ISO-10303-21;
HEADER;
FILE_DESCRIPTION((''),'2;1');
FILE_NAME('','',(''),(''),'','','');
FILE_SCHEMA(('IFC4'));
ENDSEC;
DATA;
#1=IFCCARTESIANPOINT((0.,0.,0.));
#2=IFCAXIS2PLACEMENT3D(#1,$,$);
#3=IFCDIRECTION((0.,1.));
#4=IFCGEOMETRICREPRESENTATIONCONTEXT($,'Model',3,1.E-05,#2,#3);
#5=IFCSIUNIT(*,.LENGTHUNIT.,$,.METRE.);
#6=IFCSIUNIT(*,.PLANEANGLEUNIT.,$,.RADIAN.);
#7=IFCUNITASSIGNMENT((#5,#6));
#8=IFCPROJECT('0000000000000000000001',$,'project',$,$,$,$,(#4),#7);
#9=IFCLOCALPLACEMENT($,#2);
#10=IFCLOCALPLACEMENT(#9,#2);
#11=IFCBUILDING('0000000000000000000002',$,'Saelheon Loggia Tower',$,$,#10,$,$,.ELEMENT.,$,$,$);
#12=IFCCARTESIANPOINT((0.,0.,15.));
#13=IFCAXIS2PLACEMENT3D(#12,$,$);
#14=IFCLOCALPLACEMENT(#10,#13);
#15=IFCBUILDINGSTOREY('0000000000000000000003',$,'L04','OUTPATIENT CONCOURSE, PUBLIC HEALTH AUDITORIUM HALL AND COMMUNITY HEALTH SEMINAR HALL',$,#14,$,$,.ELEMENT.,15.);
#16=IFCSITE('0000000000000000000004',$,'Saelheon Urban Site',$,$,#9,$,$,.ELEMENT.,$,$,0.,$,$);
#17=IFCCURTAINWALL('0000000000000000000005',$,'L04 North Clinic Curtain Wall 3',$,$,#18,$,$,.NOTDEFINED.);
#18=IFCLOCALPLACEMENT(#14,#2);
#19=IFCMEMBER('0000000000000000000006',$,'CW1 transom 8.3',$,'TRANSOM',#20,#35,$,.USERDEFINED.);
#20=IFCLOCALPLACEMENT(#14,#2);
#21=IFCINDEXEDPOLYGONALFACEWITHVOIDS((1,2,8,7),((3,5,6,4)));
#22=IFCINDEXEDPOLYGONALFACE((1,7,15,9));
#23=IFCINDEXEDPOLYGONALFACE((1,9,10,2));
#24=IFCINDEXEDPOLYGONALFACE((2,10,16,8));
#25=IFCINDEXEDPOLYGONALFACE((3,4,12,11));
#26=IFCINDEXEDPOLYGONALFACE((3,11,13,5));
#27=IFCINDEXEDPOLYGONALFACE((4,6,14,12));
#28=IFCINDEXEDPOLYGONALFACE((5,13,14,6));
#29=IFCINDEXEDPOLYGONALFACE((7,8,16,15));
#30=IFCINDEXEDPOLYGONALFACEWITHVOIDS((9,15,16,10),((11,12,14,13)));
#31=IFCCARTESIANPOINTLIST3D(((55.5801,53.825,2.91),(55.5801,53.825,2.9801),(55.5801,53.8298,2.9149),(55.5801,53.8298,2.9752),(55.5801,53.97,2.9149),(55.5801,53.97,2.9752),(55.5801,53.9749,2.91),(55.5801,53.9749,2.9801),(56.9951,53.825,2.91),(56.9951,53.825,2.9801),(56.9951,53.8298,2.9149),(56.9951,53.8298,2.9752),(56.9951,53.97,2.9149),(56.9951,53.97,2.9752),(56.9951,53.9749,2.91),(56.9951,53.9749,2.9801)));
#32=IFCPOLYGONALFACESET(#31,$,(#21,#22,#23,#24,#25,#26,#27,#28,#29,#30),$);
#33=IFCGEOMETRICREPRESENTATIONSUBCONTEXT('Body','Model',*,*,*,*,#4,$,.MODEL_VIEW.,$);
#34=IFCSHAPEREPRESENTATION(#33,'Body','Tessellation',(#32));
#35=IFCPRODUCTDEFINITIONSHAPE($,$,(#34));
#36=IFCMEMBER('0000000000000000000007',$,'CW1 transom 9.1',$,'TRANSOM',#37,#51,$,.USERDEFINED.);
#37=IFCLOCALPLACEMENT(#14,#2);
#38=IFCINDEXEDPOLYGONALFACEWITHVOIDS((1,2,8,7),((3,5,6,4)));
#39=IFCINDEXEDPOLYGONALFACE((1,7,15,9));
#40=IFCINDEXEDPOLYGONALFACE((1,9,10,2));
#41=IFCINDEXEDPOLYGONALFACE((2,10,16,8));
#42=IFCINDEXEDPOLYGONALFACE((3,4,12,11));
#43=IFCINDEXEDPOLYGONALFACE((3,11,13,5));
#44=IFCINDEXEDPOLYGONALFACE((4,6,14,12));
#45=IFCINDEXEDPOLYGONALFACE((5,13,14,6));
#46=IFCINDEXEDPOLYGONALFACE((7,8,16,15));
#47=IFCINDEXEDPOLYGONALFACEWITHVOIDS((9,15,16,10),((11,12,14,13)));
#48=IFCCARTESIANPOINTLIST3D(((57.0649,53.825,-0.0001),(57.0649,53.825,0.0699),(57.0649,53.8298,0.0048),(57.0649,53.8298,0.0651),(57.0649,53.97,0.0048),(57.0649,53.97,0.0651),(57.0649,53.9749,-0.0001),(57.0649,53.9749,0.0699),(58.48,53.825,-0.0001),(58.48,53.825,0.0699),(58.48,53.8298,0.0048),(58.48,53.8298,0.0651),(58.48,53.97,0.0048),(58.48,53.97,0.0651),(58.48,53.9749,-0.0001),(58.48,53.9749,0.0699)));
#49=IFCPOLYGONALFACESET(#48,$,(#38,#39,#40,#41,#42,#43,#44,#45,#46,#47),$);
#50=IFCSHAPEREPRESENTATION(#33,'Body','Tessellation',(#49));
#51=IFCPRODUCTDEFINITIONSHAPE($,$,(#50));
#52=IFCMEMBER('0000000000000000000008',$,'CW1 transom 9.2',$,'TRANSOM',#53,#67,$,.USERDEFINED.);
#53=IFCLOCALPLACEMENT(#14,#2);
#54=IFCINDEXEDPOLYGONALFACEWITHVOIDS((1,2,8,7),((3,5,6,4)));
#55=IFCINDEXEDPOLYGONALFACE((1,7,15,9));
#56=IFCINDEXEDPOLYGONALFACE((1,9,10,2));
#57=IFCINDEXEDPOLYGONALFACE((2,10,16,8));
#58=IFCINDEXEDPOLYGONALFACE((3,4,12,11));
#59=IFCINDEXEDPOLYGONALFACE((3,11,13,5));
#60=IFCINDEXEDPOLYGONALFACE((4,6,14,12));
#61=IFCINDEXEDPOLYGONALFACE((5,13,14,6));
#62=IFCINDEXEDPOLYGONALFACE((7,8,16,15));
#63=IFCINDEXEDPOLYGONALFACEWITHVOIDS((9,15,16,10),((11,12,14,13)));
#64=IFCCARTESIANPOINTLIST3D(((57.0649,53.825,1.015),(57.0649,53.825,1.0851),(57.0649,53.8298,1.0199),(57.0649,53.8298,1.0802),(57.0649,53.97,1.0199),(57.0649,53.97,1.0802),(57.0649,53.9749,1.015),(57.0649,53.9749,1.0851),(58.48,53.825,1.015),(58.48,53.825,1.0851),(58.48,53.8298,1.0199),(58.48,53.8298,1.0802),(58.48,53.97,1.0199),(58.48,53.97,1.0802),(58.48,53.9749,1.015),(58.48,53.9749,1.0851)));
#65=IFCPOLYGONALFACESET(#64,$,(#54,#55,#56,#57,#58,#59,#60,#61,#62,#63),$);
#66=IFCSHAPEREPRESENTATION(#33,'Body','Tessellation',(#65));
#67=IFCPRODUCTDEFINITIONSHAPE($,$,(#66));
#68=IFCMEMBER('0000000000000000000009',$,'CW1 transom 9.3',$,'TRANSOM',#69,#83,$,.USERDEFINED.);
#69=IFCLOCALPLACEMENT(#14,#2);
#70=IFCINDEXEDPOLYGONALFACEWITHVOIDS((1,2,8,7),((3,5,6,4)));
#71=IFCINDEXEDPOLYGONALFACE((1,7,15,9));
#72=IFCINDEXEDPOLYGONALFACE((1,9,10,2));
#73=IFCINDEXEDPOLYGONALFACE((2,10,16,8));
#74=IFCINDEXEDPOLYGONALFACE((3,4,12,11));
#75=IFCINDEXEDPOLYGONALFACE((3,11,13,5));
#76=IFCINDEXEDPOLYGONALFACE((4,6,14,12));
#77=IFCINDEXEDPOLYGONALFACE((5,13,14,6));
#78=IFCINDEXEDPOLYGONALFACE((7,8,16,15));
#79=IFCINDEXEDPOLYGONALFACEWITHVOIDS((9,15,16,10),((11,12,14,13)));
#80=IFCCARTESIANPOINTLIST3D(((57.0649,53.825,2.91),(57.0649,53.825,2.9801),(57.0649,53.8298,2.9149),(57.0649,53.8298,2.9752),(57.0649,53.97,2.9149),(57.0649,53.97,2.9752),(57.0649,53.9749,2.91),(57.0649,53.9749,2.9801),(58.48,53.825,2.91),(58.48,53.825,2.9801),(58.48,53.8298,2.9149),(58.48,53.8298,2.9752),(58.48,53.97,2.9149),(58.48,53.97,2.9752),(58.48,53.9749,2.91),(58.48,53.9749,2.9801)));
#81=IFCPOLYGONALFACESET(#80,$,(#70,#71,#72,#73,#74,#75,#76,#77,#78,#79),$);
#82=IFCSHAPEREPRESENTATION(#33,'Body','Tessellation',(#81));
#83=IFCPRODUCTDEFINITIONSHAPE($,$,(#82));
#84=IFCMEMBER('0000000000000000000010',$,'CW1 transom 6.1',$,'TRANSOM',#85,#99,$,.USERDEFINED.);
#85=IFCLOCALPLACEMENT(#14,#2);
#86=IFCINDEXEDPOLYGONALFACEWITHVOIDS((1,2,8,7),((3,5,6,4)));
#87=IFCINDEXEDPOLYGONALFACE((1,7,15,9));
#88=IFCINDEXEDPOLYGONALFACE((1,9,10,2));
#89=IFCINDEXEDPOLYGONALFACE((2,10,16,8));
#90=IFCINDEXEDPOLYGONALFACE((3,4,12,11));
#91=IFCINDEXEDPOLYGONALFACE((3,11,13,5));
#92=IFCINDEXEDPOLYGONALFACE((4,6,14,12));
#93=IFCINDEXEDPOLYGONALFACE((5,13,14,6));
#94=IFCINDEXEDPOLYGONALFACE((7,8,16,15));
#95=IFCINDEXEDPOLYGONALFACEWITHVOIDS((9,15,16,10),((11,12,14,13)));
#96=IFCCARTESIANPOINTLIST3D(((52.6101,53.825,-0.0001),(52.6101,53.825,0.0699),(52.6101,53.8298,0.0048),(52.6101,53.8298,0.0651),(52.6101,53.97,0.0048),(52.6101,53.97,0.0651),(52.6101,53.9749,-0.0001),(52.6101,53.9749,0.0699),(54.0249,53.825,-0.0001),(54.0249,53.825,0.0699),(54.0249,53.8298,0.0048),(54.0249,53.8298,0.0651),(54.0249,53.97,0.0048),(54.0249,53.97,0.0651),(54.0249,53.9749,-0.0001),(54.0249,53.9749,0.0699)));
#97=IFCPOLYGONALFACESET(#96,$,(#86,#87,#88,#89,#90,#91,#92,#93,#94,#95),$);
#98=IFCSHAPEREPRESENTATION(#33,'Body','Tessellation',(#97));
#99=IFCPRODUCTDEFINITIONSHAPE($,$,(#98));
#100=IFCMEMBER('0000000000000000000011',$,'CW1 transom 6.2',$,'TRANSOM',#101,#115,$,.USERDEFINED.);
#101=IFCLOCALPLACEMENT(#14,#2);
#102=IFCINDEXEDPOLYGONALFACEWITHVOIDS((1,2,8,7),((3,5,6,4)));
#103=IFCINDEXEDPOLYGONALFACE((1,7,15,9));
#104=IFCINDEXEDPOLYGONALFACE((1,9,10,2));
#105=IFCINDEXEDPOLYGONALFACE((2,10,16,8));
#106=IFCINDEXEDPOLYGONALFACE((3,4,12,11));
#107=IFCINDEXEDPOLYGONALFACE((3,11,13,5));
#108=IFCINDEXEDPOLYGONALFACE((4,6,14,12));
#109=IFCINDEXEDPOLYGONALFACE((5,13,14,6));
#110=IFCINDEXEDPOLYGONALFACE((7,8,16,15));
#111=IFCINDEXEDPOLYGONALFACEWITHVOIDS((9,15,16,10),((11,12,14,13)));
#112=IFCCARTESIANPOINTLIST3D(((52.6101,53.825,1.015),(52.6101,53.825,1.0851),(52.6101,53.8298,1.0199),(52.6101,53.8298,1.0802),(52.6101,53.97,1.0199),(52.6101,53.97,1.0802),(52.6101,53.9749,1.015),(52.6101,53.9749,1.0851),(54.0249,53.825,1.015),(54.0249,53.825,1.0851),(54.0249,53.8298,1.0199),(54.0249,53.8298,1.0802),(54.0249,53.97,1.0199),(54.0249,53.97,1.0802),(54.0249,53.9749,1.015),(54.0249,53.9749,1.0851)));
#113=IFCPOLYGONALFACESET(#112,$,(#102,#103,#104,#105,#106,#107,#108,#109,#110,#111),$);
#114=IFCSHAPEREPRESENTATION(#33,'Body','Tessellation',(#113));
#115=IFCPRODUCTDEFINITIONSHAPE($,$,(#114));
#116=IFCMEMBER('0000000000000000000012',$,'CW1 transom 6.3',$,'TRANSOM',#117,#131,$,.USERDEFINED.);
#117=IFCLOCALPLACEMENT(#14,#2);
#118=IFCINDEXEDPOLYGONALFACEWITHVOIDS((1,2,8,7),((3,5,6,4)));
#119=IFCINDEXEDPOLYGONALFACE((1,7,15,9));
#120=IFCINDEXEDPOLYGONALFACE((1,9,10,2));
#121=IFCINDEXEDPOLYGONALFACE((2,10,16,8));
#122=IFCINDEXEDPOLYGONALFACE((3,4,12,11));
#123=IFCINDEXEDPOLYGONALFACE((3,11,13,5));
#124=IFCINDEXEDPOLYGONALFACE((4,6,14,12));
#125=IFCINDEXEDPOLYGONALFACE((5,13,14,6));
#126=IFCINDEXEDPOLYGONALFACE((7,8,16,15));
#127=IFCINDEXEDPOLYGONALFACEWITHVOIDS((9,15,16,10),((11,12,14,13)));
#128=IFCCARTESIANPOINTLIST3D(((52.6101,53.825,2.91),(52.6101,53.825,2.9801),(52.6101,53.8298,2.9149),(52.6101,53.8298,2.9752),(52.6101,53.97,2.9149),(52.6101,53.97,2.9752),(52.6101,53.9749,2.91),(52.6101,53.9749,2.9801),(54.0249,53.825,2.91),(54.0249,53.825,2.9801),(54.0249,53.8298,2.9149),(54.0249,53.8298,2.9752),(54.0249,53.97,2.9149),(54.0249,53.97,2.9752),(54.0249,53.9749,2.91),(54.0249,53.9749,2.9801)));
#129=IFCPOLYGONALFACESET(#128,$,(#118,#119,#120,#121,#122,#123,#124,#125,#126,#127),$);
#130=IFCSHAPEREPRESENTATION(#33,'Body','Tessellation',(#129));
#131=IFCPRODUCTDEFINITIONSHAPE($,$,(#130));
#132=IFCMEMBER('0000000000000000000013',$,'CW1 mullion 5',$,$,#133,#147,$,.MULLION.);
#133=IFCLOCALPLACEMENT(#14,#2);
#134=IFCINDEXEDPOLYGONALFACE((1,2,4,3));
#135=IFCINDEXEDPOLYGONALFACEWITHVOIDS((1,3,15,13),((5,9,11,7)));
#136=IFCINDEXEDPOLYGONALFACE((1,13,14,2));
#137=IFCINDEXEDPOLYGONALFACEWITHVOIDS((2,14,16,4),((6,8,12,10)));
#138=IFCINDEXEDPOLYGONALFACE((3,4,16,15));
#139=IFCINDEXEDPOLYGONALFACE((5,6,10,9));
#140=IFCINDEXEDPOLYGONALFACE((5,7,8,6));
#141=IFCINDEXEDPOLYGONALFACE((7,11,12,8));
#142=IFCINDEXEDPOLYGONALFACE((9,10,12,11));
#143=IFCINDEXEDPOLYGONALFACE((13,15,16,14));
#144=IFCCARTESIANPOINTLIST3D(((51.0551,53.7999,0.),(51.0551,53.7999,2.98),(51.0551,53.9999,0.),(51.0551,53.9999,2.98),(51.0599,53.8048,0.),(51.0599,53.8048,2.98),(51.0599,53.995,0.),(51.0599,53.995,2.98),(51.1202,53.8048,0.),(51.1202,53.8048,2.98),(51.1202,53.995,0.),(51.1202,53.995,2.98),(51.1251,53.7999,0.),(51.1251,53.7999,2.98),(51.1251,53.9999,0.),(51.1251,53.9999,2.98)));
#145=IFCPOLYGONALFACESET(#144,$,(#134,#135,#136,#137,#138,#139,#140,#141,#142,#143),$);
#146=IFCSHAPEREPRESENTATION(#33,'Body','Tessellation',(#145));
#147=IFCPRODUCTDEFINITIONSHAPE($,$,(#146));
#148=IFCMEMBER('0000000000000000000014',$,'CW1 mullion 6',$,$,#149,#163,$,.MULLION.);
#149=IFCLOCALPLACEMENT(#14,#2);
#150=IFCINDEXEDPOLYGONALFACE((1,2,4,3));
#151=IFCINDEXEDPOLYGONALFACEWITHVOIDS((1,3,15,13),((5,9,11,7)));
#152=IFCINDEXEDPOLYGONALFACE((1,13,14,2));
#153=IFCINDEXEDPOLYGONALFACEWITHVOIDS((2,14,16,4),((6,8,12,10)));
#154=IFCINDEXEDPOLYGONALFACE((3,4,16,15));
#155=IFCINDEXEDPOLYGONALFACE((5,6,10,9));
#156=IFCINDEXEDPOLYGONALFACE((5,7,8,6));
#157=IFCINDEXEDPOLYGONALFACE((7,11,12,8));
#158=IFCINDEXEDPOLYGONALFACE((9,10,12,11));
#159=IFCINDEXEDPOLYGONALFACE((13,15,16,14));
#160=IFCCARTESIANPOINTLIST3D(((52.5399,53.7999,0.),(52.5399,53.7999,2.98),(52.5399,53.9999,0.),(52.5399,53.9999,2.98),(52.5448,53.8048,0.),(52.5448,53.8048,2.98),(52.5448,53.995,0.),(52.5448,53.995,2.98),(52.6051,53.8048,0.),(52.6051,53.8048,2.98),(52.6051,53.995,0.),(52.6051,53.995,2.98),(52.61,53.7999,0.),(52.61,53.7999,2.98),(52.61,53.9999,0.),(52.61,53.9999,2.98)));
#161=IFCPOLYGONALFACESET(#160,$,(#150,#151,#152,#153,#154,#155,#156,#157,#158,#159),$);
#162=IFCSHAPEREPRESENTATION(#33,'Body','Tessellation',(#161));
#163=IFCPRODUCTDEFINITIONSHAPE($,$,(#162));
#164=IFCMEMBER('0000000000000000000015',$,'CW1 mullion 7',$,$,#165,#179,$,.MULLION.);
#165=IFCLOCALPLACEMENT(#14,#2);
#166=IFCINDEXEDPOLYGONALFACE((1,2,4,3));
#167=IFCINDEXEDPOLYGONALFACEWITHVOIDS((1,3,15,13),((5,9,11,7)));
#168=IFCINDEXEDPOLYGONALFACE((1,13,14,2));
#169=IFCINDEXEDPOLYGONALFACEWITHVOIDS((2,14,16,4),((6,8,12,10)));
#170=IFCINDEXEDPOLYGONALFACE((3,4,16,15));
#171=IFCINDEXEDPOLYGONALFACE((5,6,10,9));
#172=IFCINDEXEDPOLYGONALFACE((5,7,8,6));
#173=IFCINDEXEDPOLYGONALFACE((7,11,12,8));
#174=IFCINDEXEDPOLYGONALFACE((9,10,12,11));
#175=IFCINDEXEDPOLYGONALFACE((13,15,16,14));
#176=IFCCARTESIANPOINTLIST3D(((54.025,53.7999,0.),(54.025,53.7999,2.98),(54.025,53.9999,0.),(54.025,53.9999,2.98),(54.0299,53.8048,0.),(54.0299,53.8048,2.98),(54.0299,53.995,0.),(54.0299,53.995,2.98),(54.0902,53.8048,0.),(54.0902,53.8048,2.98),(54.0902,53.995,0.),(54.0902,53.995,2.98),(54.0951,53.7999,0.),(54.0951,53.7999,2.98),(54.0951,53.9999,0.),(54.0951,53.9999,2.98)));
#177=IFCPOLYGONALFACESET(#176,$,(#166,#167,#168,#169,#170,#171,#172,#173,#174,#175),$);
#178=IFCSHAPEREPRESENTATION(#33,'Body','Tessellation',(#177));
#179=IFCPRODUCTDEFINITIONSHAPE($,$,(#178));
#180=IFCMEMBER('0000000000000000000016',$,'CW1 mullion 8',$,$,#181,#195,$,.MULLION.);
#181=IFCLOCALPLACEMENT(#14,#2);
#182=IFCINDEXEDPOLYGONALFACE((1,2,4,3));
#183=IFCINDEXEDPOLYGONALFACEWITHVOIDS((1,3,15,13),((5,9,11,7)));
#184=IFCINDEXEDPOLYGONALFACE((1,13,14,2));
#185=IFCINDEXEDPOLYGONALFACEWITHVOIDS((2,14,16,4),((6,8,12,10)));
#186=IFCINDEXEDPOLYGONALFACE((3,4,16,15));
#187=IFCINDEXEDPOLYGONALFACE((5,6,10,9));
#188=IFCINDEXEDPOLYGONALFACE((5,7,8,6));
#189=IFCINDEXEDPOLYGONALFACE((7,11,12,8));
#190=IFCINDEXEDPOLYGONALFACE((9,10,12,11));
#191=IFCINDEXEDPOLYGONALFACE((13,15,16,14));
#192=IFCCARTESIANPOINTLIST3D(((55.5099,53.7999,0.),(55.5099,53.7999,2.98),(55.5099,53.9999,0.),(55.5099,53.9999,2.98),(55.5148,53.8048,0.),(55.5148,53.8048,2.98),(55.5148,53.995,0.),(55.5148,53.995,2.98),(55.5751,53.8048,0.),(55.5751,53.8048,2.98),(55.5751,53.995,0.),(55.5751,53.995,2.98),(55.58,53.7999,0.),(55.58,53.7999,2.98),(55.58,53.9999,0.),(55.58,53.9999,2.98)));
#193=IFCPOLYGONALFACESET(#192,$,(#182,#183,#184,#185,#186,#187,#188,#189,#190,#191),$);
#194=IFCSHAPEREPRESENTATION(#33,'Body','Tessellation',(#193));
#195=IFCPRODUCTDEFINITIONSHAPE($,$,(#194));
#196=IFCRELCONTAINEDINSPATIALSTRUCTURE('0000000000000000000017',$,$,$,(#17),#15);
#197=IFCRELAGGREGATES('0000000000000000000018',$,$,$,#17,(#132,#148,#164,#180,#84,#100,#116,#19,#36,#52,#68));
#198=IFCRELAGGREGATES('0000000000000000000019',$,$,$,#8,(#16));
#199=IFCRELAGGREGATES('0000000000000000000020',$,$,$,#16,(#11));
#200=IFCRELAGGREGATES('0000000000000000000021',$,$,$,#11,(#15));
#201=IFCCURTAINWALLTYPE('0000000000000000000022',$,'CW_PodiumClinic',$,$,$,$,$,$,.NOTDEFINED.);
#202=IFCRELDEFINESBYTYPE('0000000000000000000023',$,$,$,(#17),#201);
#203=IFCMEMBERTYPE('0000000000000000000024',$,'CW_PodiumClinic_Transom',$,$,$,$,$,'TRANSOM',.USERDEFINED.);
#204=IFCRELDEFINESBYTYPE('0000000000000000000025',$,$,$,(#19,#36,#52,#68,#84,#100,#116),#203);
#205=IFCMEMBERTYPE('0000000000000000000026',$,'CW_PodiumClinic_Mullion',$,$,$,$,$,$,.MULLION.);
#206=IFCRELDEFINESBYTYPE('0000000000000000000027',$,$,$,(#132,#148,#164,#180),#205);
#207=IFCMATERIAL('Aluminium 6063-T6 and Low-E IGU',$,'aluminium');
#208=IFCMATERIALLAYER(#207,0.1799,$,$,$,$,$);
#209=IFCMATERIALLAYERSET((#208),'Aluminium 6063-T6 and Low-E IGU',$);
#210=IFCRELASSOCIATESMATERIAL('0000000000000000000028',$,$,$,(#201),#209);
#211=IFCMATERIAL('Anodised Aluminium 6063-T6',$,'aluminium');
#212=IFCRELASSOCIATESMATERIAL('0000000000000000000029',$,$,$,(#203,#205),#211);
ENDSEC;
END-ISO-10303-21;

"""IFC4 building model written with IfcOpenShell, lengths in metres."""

from ifc_helpers import new_model, si_unit, direction, frame, origin, origin_2d, place, context, subcontext, project, spatial, hollow_rectangle, extrude, source, transform, mapped, material, layer, layer_set, material_profile, profile_set, type_object, element, aggregate, save


model = new_model("IFC4")

# Units and contexts
model_context = context("Model", 3, precision=1e-05, world=origin(), true_north=direction((0.0, 1.0)))
body_context = subcontext(model_context, "Body", "Model", "MODEL_VIEW")
ifc_project = project(units=[si_unit("LENGTHUNIT", "METRE"), si_unit("PLANEANGLEUNIT", "RADIAN")], contexts=[model_context])

# Site, building, storey
site_placement = place(None, origin())
site = spatial("IfcSite", under=ifc_project, at=site_placement, Name="Saelheon Urban Site", CompositionType="ELEMENT", RefElevation=0.0)
building_placement = place(site_placement, origin())
building = spatial("IfcBuilding", under=site, at=building_placement, Name="Saelheon Loggia Tower", CompositionType="ELEMENT")
storey_placement = place(building_placement, frame((0.0, 0.0, 15.0)))
storey = spatial("IfcBuildingStorey", under=building, at=storey_placement, Name="L04", Description="OUTPATIENT CONCOURSE, PUBLIC HEALTH AUDITORIUM HALL AND COMMUNITY HEALTH SEMINAR HALL", CompositionType="ELEMENT", Elevation=15.0)

# Curtain wall, members
ifc_material_1 = material(Name="Aluminium 6063-T6 and Low-E IGU", Category="aluminium")
ifc_layer_1 = layer(ifc_material_1, 0.1799)
ifc_layer_set_1 = layer_set([ifc_layer_1], Name="Aluminium 6063-T6 and Low-E IGU")
curtain_wall_type = type_object("IfcCurtainWallType", Name="CW_PodiumClinic", PredefinedType="NOTDEFINED", material=ifc_layer_set_1)
curtain_wall_placement = place(storey_placement, origin())
curtain_wall = element("IfcCurtainWall", 1, at=curtain_wall_placement, inside=storey, type_object=curtain_wall_type, Name="L04 North Clinic Curtain Wall 3", PredefinedType="NOTDEFINED")
ifc_material_2 = material(Name="Anodised Aluminium 6063-T6", Category="aluminium")
ifc_material_profile_1 = material_profile(ifc_material_2, hollow_rectangle(XDim=0.0701, YDim=0.1499, WallThickness=0.0049, at=origin_2d()), Name="RHS-150x70x5")
ifc_profile_set_1 = profile_set([ifc_material_profile_1], Name="Anodised Aluminium 6063-T6")
member_type_1 = type_object("IfcMemberType", Name="CW_PodiumClinic_Transom", ElementType="TRANSOM", PredefinedType="USERDEFINED", material=ifc_profile_set_1)
shared_shape_1 = source(origin(), body_context, "Body", "SweptSolid", [
    extrude(hollow_rectangle(XDim=0.0701, YDim=0.1499, WallThickness=0.0049, at=origin_2d()), origin(), (0.0, 0.0, 1.0), 1.415),
])
member_1_placement = place(storey_placement, frame((55.5801, 53.8999, 2.9451), z_axis=(1.0, 0.0, 0.0), x_axis=(0.0, 0.0, 1.0)))
member_1 = element("IfcMember", 2, at=member_1_placement, type_object=member_type_1, Name="CW1 transom 8.3", ObjectType="TRANSOM", PredefinedType="USERDEFINED", context=body_context, shape_type="MappedRepresentation", body=[
    mapped(shared_shape_1, transform((0.0, 0.0, 0.0), scale=1.0)),
])
member_2_placement = place(storey_placement, frame((57.0649, 53.8999, 0.0349), z_axis=(1.0, 0.0, 0.0), x_axis=(0.0, 0.0, 1.0)))
member_2 = element("IfcMember", 3, at=member_2_placement, type_object=member_type_1, Name="CW1 transom 9.1", ObjectType="TRANSOM", PredefinedType="USERDEFINED", context=body_context, shape_type="MappedRepresentation", body=[
    mapped(shared_shape_1, transform((0.0, 0.0, 0.0), scale=1.0)),
])
member_3_placement = place(storey_placement, frame((57.0649, 53.8999, 1.05), z_axis=(1.0, 0.0, 0.0), x_axis=(0.0, 0.0, 1.0)))
member_3 = element("IfcMember", 4, at=member_3_placement, type_object=member_type_1, Name="CW1 transom 9.2", ObjectType="TRANSOM", PredefinedType="USERDEFINED", context=body_context, shape_type="MappedRepresentation", body=[
    mapped(shared_shape_1, transform((0.0, 0.0, 0.0), scale=1.0)),
])
member_4_placement = place(storey_placement, frame((57.0649, 53.8999, 2.9451), z_axis=(1.0, 0.0, 0.0), x_axis=(0.0, 0.0, 1.0)))
member_4 = element("IfcMember", 5, at=member_4_placement, type_object=member_type_1, Name="CW1 transom 9.3", ObjectType="TRANSOM", PredefinedType="USERDEFINED", context=body_context, shape_type="MappedRepresentation", body=[
    mapped(shared_shape_1, transform((0.0, 0.0, 0.0), scale=1.0)),
])
shared_shape_2 = source(origin(), body_context, "Body", "SweptSolid", [
    extrude(hollow_rectangle(XDim=0.0701, YDim=0.1499, WallThickness=0.0049, at=origin_2d()), origin(), (0.0, 0.0, 1.0), 1.4148),
])
member_5_placement = place(storey_placement, frame((52.6101, 53.8999, 0.0349), z_axis=(1.0, 0.0, 0.0), x_axis=(0.0, 0.0, 1.0)))
member_5 = element("IfcMember", 6, at=member_5_placement, type_object=member_type_1, Name="CW1 transom 6.1", ObjectType="TRANSOM", PredefinedType="USERDEFINED", context=body_context, shape_type="MappedRepresentation", body=[
    mapped(shared_shape_2, transform((0.0, 0.0, 0.0), scale=1.0)),
])
member_6_placement = place(storey_placement, frame((52.6101, 53.8999, 1.05), z_axis=(1.0, 0.0, 0.0), x_axis=(0.0, 0.0, 1.0)))
member_6 = element("IfcMember", 7, at=member_6_placement, type_object=member_type_1, Name="CW1 transom 6.2", ObjectType="TRANSOM", PredefinedType="USERDEFINED", context=body_context, shape_type="MappedRepresentation", body=[
    mapped(shared_shape_2, transform((0.0, 0.0, 0.0), scale=1.0)),
])
member_7_placement = place(storey_placement, frame((52.6101, 53.8999, 2.9451), z_axis=(1.0, 0.0, 0.0), x_axis=(0.0, 0.0, 1.0)))
member_7 = element("IfcMember", 8, at=member_7_placement, type_object=member_type_1, Name="CW1 transom 6.3", ObjectType="TRANSOM", PredefinedType="USERDEFINED", context=body_context, shape_type="MappedRepresentation", body=[
    mapped(shared_shape_2, transform((0.0, 0.0, 0.0), scale=1.0)),
])
ifc_material_profile_2 = material_profile(ifc_material_2, hollow_rectangle(XDim=0.0701, YDim=0.2, WallThickness=0.0049, at=origin_2d()), Name="RHS-200x70x5")
ifc_profile_set_2 = profile_set([ifc_material_profile_2], Name="Anodised Aluminium 6063-T6")
member_type_2 = type_object("IfcMemberType", Name="CW_PodiumClinic_Mullion", PredefinedType="MULLION", material=ifc_profile_set_2)
shared_shape_3 = source(origin(), body_context, "Body", "SweptSolid", [
    extrude(hollow_rectangle(XDim=0.0701, YDim=0.2, WallThickness=0.0049, at=origin_2d()), origin(), (0.0, 0.0, 1.0), 2.98),
])
member_8_placement = place(storey_placement, frame((51.0901, 53.8999, 0.0), z_axis=(0.0, 0.0, 1.0), x_axis=(1.0, 0.0, 0.0)))
member_8 = element("IfcMember", 9, at=member_8_placement, type_object=member_type_2, Name="CW1 mullion 5", PredefinedType="MULLION", context=body_context, shape_type="MappedRepresentation", body=[
    mapped(shared_shape_3, transform((0.0, 0.0, 0.0), scale=1.0)),
])
member_9_placement = place(storey_placement, frame((52.575, 53.8999, 0.0), z_axis=(0.0, 0.0, 1.0), x_axis=(1.0, 0.0, 0.0)))
member_9 = element("IfcMember", 10, at=member_9_placement, type_object=member_type_2, Name="CW1 mullion 6", PredefinedType="MULLION", context=body_context, shape_type="MappedRepresentation", body=[
    mapped(shared_shape_3, transform((0.0, 0.0, 0.0), scale=1.0)),
])
member_10_placement = place(storey_placement, frame((54.0601, 53.8999, 0.0), z_axis=(0.0, 0.0, 1.0), x_axis=(1.0, 0.0, 0.0)))
member_10 = element("IfcMember", 11, at=member_10_placement, type_object=member_type_2, Name="CW1 mullion 7", PredefinedType="MULLION", context=body_context, shape_type="MappedRepresentation", body=[
    mapped(shared_shape_3, transform((0.0, 0.0, 0.0), scale=1.0)),
])
member_11_placement = place(storey_placement, frame((55.5449, 53.8999, 0.0), z_axis=(0.0, 0.0, 1.0), x_axis=(1.0, 0.0, 0.0)))
member_11 = element("IfcMember", 12, at=member_11_placement, type_object=member_type_2, Name="CW1 mullion 8", PredefinedType="MULLION", context=body_context, shape_type="MappedRepresentation", body=[
    mapped(shared_shape_3, transform((0.0, 0.0, 0.0), scale=1.0)),
])
aggregate(curtain_wall, [member_8, member_9, member_10, member_11, member_5, member_6, member_7, member_1, member_2, member_3, member_4])

save(model, "model.ifc")
